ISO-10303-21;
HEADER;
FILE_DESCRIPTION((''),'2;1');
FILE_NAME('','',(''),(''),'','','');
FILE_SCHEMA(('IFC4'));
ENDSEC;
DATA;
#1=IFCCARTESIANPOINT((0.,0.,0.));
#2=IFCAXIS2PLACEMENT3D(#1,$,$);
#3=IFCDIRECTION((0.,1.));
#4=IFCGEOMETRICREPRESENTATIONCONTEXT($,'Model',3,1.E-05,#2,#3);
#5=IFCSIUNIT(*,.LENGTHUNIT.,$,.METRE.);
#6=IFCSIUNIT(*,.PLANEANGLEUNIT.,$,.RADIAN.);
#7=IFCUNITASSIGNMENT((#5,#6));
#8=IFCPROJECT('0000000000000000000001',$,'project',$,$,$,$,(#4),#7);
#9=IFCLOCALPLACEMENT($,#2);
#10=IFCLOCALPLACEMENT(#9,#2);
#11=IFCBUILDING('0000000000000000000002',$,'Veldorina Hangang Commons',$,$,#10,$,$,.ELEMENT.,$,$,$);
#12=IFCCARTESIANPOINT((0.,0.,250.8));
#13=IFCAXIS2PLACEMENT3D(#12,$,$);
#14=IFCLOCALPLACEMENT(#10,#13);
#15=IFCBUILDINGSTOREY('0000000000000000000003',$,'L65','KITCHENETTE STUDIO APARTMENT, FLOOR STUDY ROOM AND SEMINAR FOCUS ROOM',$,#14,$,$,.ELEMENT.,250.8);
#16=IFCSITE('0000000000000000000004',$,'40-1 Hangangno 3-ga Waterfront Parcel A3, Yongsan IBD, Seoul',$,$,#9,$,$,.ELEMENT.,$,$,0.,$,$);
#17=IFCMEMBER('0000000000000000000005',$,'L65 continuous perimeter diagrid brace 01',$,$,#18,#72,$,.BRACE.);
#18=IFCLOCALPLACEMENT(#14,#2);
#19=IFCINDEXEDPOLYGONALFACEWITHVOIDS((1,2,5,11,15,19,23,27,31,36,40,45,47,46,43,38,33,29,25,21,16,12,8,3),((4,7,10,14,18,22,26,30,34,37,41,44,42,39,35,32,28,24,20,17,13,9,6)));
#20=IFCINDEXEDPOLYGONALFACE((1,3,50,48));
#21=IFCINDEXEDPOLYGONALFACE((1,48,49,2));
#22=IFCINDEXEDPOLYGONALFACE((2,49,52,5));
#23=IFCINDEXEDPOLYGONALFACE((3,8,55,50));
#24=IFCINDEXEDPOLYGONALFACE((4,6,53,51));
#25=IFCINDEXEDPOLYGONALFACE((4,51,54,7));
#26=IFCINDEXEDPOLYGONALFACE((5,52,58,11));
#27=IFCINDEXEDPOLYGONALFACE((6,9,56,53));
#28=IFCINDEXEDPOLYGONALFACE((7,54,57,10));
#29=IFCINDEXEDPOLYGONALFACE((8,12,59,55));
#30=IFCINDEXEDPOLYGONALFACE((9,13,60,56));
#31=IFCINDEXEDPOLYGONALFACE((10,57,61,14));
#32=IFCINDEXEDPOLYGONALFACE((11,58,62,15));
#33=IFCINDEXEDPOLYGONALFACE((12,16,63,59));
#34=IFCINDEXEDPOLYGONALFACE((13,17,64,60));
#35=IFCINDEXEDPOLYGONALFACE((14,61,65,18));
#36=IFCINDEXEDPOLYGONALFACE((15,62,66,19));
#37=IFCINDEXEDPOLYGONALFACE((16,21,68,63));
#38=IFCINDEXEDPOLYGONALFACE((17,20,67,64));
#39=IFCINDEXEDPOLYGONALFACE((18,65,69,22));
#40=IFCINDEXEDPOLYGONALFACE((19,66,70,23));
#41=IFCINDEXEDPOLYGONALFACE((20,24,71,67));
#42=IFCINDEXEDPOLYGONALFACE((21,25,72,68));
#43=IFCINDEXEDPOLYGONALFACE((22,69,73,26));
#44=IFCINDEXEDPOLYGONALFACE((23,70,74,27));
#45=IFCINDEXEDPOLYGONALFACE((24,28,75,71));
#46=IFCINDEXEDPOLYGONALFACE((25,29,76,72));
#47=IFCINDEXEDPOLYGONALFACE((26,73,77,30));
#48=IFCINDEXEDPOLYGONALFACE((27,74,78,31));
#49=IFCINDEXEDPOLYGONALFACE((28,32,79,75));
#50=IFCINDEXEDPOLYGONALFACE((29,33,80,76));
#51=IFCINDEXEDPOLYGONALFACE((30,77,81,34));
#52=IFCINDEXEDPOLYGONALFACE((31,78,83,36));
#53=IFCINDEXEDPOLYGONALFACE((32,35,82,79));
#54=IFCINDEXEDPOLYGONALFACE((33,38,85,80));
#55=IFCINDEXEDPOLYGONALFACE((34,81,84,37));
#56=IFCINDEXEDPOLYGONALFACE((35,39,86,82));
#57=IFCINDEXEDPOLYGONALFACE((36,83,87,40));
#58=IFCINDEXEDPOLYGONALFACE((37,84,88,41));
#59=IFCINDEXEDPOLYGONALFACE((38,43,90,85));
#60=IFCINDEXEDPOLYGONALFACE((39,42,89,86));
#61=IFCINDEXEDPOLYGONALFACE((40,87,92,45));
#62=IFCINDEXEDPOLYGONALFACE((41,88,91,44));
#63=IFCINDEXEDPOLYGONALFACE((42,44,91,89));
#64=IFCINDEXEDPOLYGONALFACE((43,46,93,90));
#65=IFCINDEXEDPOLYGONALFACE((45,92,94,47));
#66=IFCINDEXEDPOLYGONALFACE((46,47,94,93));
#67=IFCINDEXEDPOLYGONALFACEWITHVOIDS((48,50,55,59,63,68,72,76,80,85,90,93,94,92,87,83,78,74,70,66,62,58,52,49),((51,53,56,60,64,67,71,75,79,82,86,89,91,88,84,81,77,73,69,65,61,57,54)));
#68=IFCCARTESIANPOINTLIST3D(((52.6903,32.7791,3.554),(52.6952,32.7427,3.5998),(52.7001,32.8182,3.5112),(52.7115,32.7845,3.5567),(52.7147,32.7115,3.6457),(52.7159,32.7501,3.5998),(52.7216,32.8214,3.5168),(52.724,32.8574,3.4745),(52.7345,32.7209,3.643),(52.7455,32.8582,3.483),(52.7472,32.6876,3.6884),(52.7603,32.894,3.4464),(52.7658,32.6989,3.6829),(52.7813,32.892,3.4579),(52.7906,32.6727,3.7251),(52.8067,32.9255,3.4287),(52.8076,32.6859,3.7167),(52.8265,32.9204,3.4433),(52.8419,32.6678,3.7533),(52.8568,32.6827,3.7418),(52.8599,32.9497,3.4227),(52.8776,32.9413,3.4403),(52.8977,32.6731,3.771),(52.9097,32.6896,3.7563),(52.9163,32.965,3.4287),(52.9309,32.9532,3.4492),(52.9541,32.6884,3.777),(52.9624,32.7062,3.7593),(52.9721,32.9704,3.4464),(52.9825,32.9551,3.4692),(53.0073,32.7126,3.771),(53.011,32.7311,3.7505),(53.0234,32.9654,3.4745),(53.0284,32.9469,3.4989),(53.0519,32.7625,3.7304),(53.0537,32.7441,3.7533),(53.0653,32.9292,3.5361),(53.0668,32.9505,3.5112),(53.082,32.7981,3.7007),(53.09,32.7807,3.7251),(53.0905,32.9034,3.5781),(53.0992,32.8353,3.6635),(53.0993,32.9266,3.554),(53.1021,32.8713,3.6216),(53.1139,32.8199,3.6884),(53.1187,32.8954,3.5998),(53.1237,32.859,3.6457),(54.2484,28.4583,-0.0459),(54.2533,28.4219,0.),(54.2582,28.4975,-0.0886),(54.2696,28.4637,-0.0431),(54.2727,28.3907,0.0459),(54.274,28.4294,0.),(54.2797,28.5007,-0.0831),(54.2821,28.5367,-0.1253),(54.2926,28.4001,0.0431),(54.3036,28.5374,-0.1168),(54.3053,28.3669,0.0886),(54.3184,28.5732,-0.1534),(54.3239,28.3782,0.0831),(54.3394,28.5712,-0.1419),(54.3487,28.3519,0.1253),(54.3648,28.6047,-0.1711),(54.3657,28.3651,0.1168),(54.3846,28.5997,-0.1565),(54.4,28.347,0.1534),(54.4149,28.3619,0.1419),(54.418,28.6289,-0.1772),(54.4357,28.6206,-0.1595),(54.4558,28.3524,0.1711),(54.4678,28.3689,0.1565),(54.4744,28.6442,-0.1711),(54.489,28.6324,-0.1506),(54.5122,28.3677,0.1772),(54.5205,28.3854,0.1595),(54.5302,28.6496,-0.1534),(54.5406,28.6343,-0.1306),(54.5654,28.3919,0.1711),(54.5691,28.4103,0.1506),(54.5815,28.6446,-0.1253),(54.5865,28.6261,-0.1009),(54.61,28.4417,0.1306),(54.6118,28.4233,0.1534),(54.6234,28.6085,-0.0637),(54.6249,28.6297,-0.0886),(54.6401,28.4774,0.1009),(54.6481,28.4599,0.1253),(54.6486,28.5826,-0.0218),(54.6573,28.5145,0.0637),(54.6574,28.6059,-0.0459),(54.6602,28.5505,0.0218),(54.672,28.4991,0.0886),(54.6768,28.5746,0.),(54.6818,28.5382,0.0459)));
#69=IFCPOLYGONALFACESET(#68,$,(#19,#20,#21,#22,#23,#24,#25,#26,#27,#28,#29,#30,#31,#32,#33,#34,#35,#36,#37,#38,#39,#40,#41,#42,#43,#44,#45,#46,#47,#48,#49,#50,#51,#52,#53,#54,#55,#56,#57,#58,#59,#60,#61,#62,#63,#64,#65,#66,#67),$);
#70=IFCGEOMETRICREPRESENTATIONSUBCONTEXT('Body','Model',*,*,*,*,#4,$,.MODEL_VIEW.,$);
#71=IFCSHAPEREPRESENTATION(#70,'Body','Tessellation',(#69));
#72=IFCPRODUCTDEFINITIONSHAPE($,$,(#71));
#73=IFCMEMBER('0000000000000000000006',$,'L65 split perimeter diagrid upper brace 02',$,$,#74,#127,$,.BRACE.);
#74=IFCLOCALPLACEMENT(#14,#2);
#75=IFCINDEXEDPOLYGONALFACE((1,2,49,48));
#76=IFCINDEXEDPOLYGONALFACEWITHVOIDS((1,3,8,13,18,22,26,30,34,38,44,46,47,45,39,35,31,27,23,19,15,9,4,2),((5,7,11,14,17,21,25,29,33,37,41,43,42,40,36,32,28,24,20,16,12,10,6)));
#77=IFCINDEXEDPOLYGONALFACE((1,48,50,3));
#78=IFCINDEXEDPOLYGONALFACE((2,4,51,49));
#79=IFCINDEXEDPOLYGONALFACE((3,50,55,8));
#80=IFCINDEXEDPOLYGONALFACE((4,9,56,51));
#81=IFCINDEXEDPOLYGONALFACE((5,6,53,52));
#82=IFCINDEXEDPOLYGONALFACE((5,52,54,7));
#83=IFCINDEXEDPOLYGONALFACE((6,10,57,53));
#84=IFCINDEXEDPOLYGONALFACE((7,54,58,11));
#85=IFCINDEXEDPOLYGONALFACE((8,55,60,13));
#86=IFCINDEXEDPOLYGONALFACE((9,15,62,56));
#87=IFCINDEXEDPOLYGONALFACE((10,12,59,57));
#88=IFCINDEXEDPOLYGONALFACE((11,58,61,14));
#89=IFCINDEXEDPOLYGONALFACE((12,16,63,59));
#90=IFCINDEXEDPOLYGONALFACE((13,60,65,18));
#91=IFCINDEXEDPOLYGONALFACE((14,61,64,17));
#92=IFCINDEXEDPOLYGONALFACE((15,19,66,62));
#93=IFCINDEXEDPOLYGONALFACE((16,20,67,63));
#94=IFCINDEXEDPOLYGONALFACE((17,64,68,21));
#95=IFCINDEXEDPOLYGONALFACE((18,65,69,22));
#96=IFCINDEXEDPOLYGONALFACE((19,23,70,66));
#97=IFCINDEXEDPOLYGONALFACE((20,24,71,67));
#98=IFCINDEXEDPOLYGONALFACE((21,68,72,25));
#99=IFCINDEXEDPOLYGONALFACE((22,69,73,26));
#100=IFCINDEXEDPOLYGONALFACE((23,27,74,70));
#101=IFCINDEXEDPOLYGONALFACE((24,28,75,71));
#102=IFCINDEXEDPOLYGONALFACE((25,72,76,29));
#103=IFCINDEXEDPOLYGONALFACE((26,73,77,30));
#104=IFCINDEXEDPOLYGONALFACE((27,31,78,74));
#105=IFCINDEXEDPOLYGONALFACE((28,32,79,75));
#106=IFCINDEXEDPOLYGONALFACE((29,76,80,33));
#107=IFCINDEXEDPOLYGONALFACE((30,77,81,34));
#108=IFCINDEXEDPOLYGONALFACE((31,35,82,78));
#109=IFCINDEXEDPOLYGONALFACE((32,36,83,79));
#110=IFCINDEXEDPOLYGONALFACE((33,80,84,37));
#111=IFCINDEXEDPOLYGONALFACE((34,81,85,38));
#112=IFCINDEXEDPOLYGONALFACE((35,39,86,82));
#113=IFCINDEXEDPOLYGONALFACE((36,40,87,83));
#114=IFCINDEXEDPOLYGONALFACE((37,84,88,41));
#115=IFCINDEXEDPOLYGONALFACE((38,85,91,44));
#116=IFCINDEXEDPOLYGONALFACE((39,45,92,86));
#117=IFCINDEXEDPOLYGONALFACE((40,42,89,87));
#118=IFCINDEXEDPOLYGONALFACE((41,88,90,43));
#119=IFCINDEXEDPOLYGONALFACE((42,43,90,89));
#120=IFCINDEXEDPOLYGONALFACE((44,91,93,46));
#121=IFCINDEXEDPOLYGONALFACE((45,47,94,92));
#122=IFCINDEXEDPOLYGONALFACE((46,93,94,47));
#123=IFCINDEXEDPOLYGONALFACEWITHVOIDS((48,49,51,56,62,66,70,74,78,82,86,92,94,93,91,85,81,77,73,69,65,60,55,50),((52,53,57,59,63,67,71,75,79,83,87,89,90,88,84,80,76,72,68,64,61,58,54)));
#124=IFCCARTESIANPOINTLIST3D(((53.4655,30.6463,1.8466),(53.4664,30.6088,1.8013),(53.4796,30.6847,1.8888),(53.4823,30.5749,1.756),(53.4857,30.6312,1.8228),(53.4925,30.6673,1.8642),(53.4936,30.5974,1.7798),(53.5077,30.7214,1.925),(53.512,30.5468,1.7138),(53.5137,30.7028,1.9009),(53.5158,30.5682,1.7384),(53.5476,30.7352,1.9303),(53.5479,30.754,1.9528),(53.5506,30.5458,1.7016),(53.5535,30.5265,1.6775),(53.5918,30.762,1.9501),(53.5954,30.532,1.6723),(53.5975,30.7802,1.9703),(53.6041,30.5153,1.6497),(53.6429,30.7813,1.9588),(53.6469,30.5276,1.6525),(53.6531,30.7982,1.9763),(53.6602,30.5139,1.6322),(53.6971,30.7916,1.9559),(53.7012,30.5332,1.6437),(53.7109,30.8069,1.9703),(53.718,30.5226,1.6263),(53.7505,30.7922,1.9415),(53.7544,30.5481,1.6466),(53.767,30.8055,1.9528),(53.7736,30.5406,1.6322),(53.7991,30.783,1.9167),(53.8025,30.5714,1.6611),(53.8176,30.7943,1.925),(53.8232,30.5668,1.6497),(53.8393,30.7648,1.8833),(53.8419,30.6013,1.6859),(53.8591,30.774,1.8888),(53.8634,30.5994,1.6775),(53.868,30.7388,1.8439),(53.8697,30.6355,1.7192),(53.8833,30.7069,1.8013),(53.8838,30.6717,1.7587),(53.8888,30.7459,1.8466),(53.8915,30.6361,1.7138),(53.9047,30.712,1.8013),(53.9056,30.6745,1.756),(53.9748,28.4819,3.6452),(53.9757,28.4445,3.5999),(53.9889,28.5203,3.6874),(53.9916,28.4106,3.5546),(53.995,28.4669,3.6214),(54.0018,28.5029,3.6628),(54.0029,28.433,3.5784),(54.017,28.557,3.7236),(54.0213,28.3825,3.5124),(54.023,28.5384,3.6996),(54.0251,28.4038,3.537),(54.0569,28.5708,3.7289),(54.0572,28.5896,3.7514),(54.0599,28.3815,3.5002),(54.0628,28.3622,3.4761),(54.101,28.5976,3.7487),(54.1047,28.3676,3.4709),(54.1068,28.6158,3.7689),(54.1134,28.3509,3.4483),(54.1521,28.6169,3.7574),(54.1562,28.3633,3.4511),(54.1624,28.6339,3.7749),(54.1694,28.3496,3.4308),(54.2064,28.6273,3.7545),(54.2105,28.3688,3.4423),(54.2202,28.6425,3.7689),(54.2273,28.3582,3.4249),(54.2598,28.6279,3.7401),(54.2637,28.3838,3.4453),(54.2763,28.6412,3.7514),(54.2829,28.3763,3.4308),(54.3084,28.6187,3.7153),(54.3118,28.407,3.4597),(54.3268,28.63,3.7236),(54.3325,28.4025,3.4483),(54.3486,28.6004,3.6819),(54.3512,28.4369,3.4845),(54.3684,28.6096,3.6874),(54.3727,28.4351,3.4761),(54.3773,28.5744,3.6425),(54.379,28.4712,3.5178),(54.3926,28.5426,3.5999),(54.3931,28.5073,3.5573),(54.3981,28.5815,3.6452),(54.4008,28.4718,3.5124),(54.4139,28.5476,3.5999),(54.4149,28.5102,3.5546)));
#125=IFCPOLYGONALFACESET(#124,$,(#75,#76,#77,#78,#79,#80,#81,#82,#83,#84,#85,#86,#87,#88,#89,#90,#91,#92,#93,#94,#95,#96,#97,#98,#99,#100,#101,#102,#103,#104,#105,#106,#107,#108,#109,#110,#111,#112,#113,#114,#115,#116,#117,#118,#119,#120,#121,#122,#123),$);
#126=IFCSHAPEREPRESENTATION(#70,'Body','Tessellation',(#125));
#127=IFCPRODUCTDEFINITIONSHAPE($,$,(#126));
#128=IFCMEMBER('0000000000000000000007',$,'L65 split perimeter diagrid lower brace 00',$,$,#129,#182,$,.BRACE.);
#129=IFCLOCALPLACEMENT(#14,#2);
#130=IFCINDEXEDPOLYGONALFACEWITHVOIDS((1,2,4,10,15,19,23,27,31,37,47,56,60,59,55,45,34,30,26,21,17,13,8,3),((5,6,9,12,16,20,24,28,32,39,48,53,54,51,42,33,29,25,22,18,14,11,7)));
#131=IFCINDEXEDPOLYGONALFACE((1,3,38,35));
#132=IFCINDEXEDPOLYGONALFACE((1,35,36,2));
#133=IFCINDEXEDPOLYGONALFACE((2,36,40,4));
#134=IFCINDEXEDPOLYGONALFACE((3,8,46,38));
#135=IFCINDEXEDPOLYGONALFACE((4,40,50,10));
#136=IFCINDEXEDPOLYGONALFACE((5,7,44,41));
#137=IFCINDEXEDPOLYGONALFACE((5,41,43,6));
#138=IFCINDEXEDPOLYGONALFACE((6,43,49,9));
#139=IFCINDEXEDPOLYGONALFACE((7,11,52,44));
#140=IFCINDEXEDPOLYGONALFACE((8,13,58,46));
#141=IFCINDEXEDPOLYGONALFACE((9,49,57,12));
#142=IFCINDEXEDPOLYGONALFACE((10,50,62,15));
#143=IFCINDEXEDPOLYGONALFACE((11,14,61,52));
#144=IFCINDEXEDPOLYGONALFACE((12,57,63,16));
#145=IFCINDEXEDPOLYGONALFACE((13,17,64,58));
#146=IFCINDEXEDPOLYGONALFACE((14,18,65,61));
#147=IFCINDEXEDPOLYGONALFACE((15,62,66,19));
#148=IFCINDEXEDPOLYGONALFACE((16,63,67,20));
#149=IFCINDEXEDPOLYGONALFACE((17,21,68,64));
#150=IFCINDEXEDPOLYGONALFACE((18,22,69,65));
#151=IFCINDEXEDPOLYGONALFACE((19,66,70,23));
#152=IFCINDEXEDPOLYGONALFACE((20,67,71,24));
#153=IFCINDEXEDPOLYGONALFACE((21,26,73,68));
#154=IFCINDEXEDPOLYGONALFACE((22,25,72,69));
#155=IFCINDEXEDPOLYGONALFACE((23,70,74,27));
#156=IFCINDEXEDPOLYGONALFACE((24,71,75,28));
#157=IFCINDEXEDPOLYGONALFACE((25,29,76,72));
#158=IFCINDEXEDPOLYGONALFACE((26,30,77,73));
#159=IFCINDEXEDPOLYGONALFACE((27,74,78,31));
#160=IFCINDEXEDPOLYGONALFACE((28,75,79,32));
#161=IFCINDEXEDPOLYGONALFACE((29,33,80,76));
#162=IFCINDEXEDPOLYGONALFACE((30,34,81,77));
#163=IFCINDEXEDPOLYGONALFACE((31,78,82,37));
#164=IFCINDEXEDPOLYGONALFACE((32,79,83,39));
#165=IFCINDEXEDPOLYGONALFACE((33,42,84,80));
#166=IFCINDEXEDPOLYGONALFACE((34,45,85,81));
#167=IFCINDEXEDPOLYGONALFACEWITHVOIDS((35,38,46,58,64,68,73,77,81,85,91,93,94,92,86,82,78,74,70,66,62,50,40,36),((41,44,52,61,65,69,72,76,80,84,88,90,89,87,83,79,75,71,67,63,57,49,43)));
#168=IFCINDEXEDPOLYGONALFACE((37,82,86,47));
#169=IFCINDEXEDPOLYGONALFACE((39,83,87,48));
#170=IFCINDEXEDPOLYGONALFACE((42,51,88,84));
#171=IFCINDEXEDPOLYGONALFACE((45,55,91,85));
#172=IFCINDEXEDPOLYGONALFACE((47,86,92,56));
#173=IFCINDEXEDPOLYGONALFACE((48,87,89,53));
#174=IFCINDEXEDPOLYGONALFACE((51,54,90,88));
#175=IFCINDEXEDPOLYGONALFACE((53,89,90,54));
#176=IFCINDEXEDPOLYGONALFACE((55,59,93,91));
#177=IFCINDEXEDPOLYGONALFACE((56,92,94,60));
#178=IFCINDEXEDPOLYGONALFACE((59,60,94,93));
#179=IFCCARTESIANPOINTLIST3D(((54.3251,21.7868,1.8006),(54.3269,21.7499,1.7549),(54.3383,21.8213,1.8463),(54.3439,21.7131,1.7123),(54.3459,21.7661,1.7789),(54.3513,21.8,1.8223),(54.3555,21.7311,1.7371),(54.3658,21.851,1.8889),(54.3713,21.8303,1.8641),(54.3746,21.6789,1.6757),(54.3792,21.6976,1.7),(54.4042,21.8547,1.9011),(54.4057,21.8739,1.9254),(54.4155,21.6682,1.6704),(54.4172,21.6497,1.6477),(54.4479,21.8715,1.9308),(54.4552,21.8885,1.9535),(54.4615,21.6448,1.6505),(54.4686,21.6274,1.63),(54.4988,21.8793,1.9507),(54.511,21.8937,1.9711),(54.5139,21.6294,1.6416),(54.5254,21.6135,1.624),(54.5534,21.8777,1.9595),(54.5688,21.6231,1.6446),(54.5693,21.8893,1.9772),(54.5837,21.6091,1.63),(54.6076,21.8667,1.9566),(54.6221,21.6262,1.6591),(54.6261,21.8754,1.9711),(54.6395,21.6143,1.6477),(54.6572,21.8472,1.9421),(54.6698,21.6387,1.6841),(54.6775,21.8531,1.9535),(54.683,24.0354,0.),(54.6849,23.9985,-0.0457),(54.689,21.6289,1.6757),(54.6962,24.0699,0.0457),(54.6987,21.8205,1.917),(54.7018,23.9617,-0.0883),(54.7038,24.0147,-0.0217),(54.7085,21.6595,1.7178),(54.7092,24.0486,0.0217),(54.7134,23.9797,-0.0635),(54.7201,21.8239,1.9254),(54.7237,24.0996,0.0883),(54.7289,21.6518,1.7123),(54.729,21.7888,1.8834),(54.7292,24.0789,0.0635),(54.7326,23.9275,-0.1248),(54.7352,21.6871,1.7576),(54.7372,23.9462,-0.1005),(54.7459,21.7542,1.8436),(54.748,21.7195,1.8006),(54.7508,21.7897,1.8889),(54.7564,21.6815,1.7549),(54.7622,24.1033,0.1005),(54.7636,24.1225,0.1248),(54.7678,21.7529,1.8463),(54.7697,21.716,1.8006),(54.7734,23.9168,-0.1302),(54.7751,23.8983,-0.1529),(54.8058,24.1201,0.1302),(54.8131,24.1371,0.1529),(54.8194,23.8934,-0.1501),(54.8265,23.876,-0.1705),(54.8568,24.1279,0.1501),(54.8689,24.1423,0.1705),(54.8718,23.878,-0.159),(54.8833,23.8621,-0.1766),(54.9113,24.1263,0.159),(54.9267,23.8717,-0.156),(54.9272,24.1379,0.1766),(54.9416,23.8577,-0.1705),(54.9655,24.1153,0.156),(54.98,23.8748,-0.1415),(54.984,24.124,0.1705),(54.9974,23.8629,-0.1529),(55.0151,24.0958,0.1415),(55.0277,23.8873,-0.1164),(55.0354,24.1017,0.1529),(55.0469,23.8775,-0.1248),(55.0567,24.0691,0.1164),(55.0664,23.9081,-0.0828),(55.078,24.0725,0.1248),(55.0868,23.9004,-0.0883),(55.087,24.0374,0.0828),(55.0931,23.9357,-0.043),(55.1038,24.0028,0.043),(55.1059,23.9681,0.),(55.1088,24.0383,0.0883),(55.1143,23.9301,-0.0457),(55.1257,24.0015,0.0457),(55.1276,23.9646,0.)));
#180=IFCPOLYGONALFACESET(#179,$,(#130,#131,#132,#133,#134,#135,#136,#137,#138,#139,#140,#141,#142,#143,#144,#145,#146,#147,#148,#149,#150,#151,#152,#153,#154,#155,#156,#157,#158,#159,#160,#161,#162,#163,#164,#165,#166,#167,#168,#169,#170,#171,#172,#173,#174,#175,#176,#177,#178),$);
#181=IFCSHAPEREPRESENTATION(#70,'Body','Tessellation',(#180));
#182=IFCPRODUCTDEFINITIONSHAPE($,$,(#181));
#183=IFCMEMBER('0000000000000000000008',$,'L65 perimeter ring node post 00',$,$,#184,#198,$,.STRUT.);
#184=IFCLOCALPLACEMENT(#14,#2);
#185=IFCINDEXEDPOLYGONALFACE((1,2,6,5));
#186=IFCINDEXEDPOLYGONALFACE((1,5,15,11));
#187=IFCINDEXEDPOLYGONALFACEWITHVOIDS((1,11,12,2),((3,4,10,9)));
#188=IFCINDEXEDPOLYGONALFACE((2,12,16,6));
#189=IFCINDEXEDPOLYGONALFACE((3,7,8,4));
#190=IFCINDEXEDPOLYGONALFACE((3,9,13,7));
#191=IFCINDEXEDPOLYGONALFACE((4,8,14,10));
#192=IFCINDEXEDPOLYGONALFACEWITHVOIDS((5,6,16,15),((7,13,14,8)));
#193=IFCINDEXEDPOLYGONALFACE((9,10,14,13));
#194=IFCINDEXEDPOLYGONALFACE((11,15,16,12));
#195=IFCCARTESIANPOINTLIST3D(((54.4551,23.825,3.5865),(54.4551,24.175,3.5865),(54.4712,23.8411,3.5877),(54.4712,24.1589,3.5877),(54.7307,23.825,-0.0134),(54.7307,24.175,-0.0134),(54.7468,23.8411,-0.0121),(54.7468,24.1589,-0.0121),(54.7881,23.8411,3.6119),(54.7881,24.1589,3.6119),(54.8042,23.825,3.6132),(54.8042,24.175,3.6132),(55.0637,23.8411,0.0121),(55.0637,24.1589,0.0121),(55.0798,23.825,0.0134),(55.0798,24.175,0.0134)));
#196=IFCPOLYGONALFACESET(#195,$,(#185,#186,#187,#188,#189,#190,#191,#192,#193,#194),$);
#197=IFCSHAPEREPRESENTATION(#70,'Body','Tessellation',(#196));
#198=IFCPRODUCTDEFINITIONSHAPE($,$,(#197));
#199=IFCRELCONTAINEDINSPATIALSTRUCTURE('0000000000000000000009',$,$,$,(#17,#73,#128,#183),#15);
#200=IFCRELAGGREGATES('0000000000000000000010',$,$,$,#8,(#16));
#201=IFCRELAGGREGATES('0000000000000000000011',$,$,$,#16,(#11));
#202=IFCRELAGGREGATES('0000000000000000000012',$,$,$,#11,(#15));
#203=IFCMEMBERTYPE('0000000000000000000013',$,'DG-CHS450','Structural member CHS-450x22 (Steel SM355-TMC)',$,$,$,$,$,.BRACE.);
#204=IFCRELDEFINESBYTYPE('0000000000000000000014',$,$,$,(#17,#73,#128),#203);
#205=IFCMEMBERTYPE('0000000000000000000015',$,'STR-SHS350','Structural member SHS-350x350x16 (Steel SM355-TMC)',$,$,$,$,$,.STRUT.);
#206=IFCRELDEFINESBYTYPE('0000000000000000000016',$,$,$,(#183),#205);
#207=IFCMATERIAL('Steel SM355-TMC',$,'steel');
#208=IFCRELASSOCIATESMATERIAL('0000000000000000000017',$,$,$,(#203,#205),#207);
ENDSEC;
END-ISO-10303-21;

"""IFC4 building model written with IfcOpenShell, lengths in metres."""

from ifc_helpers import new_model, si_unit, direction, frame, origin, origin_2d, place, context, subcontext, project, spatial, hollow_rectangle, hollow_circle, extrude, material, material_profile, profile_set, type_object, element, save


model = new_model("IFC4")

# Units and contexts
model_context = context("Model", 3, precision=1e-05, world=origin(), true_north=direction((0.0, 1.0)))
body_context = subcontext(model_context, "Body", "Model", "MODEL_VIEW")
ifc_project = project(units=[si_unit("LENGTHUNIT", "METRE"), si_unit("PLANEANGLEUNIT", "RADIAN")], contexts=[model_context])

# Site, building, storey
site_placement = place(None, origin())
site = spatial("IfcSite", under=ifc_project, at=site_placement, Name="40-1 Hangangno 3-ga Waterfront Parcel A3, Yongsan IBD, Seoul", CompositionType="ELEMENT", RefElevation=0.0)
building_placement = place(site_placement, origin())
building = spatial("IfcBuilding", under=site, at=building_placement, Name="Veldorina Hangang Commons", CompositionType="ELEMENT")
storey_placement = place(building_placement, frame((0.0, 0.0, 250.8)))
storey = spatial("IfcBuildingStorey", under=building, at=storey_placement, Name="L65", Description="KITCHENETTE STUDIO APARTMENT, FLOOR STUDY ROOM AND SEMINAR FOCUS ROOM", CompositionType="ELEMENT", Elevation=250.8)

# Shared definitions
ifc_material_1 = material(Name="Steel SM355-TMC", Category="steel")

# Members
ifc_material_profile_1 = material_profile(ifc_material_1, hollow_circle(Radius=0.2251, WallThickness=0.022, at=origin_2d()), Name="CHS-450x22")
ifc_profile_set_1 = profile_set([ifc_material_profile_1], Name="Steel SM355-TMC")
member_type_1 = type_object("IfcMemberType", Name="DG-CHS450", Description="Structural member CHS-450x22 (Steel SM355-TMC)", PredefinedType="BRACE", material=ifc_profile_set_1)
member_1_placement = place(storey_placement, frame((54.4651, 28.4983, 0.0), z_axis=(-0.266993, 0.740402, 0.616862), x_axis=(-0.940706, -0.339224, 0.0)))
element("IfcMember", 1, at=member_1_placement, inside=storey, type_object=member_type_1, Name="L65 continuous perimeter diagrid brace 01", PredefinedType="BRACE", context=body_context, shape_type="SweptSolid", body=[
    extrude(hollow_circle(Radius=0.2251, WallThickness=0.022, at=origin_2d()), origin(), (0.0, 0.0, 1.0), 5.8357),
])
member_2_placement = place(storey_placement, frame((53.6855, 30.6604, 1.8013), z_axis=(0.178081, -0.756802, 0.628918), x_axis=(0.973414, 0.229052, 0.0)))
element("IfcMember", 2, at=member_2_placement, inside=storey, type_object=member_type_1, Name="L65 split perimeter diagrid upper brace 02", PredefinedType="BRACE", context=body_context, shape_type="SweptSolid", body=[
    extrude(hollow_circle(Radius=0.2251, WallThickness=0.022, at=origin_2d()), origin(), (0.0, 0.0, 1.0), 2.8599),
])
member_3_placement = place(storey_placement, frame((54.9053, 24.0, 0.0), z_axis=(-0.1233, -0.774623, 0.620287), x_axis=(0.987567, -0.157196, 0.0)))
element("IfcMember", 3, at=member_3_placement, inside=storey, type_object=member_type_1, Name="L65 split perimeter diagrid lower brace 00", PredefinedType="BRACE", context=body_context, shape_type="SweptSolid", body=[
    extrude(hollow_circle(Radius=0.2251, WallThickness=0.022, at=origin_2d()), origin(), (0.0, 0.0, 1.0), 2.9028),
])
ifc_material_profile_2 = material_profile(ifc_material_1, hollow_rectangle(XDim=0.3501, YDim=0.3501, WallThickness=0.0161, at=origin_2d()), Name="SHS-350x350x16")
ifc_profile_set_2 = profile_set([ifc_material_profile_2], Name="Steel SM355-TMC")
member_type_2 = type_object("IfcMemberType", Name="STR-SHS350", Description="Structural member SHS-350x350x16 (Steel SM355-TMC)", PredefinedType="STRUT", material=ifc_profile_set_2)
member_4_placement = place(storey_placement, frame((54.9053, 24.0, 0.0), z_axis=(-0.076345, 0.0, 0.997081), x_axis=(0.0, -1.0, 0.0)))
element("IfcMember", 4, at=member_4_placement, inside=storey, type_object=member_type_2, Name="L65 perimeter ring node post 00", PredefinedType="STRUT", context=body_context, shape_type="SweptSolid", body=[
    extrude(hollow_rectangle(XDim=0.3501, YDim=0.3501, WallThickness=0.0161, at=origin_2d()), origin(), (0.0, 0.0, 1.0), 3.6104),
])

save(model, "model.ifc")
